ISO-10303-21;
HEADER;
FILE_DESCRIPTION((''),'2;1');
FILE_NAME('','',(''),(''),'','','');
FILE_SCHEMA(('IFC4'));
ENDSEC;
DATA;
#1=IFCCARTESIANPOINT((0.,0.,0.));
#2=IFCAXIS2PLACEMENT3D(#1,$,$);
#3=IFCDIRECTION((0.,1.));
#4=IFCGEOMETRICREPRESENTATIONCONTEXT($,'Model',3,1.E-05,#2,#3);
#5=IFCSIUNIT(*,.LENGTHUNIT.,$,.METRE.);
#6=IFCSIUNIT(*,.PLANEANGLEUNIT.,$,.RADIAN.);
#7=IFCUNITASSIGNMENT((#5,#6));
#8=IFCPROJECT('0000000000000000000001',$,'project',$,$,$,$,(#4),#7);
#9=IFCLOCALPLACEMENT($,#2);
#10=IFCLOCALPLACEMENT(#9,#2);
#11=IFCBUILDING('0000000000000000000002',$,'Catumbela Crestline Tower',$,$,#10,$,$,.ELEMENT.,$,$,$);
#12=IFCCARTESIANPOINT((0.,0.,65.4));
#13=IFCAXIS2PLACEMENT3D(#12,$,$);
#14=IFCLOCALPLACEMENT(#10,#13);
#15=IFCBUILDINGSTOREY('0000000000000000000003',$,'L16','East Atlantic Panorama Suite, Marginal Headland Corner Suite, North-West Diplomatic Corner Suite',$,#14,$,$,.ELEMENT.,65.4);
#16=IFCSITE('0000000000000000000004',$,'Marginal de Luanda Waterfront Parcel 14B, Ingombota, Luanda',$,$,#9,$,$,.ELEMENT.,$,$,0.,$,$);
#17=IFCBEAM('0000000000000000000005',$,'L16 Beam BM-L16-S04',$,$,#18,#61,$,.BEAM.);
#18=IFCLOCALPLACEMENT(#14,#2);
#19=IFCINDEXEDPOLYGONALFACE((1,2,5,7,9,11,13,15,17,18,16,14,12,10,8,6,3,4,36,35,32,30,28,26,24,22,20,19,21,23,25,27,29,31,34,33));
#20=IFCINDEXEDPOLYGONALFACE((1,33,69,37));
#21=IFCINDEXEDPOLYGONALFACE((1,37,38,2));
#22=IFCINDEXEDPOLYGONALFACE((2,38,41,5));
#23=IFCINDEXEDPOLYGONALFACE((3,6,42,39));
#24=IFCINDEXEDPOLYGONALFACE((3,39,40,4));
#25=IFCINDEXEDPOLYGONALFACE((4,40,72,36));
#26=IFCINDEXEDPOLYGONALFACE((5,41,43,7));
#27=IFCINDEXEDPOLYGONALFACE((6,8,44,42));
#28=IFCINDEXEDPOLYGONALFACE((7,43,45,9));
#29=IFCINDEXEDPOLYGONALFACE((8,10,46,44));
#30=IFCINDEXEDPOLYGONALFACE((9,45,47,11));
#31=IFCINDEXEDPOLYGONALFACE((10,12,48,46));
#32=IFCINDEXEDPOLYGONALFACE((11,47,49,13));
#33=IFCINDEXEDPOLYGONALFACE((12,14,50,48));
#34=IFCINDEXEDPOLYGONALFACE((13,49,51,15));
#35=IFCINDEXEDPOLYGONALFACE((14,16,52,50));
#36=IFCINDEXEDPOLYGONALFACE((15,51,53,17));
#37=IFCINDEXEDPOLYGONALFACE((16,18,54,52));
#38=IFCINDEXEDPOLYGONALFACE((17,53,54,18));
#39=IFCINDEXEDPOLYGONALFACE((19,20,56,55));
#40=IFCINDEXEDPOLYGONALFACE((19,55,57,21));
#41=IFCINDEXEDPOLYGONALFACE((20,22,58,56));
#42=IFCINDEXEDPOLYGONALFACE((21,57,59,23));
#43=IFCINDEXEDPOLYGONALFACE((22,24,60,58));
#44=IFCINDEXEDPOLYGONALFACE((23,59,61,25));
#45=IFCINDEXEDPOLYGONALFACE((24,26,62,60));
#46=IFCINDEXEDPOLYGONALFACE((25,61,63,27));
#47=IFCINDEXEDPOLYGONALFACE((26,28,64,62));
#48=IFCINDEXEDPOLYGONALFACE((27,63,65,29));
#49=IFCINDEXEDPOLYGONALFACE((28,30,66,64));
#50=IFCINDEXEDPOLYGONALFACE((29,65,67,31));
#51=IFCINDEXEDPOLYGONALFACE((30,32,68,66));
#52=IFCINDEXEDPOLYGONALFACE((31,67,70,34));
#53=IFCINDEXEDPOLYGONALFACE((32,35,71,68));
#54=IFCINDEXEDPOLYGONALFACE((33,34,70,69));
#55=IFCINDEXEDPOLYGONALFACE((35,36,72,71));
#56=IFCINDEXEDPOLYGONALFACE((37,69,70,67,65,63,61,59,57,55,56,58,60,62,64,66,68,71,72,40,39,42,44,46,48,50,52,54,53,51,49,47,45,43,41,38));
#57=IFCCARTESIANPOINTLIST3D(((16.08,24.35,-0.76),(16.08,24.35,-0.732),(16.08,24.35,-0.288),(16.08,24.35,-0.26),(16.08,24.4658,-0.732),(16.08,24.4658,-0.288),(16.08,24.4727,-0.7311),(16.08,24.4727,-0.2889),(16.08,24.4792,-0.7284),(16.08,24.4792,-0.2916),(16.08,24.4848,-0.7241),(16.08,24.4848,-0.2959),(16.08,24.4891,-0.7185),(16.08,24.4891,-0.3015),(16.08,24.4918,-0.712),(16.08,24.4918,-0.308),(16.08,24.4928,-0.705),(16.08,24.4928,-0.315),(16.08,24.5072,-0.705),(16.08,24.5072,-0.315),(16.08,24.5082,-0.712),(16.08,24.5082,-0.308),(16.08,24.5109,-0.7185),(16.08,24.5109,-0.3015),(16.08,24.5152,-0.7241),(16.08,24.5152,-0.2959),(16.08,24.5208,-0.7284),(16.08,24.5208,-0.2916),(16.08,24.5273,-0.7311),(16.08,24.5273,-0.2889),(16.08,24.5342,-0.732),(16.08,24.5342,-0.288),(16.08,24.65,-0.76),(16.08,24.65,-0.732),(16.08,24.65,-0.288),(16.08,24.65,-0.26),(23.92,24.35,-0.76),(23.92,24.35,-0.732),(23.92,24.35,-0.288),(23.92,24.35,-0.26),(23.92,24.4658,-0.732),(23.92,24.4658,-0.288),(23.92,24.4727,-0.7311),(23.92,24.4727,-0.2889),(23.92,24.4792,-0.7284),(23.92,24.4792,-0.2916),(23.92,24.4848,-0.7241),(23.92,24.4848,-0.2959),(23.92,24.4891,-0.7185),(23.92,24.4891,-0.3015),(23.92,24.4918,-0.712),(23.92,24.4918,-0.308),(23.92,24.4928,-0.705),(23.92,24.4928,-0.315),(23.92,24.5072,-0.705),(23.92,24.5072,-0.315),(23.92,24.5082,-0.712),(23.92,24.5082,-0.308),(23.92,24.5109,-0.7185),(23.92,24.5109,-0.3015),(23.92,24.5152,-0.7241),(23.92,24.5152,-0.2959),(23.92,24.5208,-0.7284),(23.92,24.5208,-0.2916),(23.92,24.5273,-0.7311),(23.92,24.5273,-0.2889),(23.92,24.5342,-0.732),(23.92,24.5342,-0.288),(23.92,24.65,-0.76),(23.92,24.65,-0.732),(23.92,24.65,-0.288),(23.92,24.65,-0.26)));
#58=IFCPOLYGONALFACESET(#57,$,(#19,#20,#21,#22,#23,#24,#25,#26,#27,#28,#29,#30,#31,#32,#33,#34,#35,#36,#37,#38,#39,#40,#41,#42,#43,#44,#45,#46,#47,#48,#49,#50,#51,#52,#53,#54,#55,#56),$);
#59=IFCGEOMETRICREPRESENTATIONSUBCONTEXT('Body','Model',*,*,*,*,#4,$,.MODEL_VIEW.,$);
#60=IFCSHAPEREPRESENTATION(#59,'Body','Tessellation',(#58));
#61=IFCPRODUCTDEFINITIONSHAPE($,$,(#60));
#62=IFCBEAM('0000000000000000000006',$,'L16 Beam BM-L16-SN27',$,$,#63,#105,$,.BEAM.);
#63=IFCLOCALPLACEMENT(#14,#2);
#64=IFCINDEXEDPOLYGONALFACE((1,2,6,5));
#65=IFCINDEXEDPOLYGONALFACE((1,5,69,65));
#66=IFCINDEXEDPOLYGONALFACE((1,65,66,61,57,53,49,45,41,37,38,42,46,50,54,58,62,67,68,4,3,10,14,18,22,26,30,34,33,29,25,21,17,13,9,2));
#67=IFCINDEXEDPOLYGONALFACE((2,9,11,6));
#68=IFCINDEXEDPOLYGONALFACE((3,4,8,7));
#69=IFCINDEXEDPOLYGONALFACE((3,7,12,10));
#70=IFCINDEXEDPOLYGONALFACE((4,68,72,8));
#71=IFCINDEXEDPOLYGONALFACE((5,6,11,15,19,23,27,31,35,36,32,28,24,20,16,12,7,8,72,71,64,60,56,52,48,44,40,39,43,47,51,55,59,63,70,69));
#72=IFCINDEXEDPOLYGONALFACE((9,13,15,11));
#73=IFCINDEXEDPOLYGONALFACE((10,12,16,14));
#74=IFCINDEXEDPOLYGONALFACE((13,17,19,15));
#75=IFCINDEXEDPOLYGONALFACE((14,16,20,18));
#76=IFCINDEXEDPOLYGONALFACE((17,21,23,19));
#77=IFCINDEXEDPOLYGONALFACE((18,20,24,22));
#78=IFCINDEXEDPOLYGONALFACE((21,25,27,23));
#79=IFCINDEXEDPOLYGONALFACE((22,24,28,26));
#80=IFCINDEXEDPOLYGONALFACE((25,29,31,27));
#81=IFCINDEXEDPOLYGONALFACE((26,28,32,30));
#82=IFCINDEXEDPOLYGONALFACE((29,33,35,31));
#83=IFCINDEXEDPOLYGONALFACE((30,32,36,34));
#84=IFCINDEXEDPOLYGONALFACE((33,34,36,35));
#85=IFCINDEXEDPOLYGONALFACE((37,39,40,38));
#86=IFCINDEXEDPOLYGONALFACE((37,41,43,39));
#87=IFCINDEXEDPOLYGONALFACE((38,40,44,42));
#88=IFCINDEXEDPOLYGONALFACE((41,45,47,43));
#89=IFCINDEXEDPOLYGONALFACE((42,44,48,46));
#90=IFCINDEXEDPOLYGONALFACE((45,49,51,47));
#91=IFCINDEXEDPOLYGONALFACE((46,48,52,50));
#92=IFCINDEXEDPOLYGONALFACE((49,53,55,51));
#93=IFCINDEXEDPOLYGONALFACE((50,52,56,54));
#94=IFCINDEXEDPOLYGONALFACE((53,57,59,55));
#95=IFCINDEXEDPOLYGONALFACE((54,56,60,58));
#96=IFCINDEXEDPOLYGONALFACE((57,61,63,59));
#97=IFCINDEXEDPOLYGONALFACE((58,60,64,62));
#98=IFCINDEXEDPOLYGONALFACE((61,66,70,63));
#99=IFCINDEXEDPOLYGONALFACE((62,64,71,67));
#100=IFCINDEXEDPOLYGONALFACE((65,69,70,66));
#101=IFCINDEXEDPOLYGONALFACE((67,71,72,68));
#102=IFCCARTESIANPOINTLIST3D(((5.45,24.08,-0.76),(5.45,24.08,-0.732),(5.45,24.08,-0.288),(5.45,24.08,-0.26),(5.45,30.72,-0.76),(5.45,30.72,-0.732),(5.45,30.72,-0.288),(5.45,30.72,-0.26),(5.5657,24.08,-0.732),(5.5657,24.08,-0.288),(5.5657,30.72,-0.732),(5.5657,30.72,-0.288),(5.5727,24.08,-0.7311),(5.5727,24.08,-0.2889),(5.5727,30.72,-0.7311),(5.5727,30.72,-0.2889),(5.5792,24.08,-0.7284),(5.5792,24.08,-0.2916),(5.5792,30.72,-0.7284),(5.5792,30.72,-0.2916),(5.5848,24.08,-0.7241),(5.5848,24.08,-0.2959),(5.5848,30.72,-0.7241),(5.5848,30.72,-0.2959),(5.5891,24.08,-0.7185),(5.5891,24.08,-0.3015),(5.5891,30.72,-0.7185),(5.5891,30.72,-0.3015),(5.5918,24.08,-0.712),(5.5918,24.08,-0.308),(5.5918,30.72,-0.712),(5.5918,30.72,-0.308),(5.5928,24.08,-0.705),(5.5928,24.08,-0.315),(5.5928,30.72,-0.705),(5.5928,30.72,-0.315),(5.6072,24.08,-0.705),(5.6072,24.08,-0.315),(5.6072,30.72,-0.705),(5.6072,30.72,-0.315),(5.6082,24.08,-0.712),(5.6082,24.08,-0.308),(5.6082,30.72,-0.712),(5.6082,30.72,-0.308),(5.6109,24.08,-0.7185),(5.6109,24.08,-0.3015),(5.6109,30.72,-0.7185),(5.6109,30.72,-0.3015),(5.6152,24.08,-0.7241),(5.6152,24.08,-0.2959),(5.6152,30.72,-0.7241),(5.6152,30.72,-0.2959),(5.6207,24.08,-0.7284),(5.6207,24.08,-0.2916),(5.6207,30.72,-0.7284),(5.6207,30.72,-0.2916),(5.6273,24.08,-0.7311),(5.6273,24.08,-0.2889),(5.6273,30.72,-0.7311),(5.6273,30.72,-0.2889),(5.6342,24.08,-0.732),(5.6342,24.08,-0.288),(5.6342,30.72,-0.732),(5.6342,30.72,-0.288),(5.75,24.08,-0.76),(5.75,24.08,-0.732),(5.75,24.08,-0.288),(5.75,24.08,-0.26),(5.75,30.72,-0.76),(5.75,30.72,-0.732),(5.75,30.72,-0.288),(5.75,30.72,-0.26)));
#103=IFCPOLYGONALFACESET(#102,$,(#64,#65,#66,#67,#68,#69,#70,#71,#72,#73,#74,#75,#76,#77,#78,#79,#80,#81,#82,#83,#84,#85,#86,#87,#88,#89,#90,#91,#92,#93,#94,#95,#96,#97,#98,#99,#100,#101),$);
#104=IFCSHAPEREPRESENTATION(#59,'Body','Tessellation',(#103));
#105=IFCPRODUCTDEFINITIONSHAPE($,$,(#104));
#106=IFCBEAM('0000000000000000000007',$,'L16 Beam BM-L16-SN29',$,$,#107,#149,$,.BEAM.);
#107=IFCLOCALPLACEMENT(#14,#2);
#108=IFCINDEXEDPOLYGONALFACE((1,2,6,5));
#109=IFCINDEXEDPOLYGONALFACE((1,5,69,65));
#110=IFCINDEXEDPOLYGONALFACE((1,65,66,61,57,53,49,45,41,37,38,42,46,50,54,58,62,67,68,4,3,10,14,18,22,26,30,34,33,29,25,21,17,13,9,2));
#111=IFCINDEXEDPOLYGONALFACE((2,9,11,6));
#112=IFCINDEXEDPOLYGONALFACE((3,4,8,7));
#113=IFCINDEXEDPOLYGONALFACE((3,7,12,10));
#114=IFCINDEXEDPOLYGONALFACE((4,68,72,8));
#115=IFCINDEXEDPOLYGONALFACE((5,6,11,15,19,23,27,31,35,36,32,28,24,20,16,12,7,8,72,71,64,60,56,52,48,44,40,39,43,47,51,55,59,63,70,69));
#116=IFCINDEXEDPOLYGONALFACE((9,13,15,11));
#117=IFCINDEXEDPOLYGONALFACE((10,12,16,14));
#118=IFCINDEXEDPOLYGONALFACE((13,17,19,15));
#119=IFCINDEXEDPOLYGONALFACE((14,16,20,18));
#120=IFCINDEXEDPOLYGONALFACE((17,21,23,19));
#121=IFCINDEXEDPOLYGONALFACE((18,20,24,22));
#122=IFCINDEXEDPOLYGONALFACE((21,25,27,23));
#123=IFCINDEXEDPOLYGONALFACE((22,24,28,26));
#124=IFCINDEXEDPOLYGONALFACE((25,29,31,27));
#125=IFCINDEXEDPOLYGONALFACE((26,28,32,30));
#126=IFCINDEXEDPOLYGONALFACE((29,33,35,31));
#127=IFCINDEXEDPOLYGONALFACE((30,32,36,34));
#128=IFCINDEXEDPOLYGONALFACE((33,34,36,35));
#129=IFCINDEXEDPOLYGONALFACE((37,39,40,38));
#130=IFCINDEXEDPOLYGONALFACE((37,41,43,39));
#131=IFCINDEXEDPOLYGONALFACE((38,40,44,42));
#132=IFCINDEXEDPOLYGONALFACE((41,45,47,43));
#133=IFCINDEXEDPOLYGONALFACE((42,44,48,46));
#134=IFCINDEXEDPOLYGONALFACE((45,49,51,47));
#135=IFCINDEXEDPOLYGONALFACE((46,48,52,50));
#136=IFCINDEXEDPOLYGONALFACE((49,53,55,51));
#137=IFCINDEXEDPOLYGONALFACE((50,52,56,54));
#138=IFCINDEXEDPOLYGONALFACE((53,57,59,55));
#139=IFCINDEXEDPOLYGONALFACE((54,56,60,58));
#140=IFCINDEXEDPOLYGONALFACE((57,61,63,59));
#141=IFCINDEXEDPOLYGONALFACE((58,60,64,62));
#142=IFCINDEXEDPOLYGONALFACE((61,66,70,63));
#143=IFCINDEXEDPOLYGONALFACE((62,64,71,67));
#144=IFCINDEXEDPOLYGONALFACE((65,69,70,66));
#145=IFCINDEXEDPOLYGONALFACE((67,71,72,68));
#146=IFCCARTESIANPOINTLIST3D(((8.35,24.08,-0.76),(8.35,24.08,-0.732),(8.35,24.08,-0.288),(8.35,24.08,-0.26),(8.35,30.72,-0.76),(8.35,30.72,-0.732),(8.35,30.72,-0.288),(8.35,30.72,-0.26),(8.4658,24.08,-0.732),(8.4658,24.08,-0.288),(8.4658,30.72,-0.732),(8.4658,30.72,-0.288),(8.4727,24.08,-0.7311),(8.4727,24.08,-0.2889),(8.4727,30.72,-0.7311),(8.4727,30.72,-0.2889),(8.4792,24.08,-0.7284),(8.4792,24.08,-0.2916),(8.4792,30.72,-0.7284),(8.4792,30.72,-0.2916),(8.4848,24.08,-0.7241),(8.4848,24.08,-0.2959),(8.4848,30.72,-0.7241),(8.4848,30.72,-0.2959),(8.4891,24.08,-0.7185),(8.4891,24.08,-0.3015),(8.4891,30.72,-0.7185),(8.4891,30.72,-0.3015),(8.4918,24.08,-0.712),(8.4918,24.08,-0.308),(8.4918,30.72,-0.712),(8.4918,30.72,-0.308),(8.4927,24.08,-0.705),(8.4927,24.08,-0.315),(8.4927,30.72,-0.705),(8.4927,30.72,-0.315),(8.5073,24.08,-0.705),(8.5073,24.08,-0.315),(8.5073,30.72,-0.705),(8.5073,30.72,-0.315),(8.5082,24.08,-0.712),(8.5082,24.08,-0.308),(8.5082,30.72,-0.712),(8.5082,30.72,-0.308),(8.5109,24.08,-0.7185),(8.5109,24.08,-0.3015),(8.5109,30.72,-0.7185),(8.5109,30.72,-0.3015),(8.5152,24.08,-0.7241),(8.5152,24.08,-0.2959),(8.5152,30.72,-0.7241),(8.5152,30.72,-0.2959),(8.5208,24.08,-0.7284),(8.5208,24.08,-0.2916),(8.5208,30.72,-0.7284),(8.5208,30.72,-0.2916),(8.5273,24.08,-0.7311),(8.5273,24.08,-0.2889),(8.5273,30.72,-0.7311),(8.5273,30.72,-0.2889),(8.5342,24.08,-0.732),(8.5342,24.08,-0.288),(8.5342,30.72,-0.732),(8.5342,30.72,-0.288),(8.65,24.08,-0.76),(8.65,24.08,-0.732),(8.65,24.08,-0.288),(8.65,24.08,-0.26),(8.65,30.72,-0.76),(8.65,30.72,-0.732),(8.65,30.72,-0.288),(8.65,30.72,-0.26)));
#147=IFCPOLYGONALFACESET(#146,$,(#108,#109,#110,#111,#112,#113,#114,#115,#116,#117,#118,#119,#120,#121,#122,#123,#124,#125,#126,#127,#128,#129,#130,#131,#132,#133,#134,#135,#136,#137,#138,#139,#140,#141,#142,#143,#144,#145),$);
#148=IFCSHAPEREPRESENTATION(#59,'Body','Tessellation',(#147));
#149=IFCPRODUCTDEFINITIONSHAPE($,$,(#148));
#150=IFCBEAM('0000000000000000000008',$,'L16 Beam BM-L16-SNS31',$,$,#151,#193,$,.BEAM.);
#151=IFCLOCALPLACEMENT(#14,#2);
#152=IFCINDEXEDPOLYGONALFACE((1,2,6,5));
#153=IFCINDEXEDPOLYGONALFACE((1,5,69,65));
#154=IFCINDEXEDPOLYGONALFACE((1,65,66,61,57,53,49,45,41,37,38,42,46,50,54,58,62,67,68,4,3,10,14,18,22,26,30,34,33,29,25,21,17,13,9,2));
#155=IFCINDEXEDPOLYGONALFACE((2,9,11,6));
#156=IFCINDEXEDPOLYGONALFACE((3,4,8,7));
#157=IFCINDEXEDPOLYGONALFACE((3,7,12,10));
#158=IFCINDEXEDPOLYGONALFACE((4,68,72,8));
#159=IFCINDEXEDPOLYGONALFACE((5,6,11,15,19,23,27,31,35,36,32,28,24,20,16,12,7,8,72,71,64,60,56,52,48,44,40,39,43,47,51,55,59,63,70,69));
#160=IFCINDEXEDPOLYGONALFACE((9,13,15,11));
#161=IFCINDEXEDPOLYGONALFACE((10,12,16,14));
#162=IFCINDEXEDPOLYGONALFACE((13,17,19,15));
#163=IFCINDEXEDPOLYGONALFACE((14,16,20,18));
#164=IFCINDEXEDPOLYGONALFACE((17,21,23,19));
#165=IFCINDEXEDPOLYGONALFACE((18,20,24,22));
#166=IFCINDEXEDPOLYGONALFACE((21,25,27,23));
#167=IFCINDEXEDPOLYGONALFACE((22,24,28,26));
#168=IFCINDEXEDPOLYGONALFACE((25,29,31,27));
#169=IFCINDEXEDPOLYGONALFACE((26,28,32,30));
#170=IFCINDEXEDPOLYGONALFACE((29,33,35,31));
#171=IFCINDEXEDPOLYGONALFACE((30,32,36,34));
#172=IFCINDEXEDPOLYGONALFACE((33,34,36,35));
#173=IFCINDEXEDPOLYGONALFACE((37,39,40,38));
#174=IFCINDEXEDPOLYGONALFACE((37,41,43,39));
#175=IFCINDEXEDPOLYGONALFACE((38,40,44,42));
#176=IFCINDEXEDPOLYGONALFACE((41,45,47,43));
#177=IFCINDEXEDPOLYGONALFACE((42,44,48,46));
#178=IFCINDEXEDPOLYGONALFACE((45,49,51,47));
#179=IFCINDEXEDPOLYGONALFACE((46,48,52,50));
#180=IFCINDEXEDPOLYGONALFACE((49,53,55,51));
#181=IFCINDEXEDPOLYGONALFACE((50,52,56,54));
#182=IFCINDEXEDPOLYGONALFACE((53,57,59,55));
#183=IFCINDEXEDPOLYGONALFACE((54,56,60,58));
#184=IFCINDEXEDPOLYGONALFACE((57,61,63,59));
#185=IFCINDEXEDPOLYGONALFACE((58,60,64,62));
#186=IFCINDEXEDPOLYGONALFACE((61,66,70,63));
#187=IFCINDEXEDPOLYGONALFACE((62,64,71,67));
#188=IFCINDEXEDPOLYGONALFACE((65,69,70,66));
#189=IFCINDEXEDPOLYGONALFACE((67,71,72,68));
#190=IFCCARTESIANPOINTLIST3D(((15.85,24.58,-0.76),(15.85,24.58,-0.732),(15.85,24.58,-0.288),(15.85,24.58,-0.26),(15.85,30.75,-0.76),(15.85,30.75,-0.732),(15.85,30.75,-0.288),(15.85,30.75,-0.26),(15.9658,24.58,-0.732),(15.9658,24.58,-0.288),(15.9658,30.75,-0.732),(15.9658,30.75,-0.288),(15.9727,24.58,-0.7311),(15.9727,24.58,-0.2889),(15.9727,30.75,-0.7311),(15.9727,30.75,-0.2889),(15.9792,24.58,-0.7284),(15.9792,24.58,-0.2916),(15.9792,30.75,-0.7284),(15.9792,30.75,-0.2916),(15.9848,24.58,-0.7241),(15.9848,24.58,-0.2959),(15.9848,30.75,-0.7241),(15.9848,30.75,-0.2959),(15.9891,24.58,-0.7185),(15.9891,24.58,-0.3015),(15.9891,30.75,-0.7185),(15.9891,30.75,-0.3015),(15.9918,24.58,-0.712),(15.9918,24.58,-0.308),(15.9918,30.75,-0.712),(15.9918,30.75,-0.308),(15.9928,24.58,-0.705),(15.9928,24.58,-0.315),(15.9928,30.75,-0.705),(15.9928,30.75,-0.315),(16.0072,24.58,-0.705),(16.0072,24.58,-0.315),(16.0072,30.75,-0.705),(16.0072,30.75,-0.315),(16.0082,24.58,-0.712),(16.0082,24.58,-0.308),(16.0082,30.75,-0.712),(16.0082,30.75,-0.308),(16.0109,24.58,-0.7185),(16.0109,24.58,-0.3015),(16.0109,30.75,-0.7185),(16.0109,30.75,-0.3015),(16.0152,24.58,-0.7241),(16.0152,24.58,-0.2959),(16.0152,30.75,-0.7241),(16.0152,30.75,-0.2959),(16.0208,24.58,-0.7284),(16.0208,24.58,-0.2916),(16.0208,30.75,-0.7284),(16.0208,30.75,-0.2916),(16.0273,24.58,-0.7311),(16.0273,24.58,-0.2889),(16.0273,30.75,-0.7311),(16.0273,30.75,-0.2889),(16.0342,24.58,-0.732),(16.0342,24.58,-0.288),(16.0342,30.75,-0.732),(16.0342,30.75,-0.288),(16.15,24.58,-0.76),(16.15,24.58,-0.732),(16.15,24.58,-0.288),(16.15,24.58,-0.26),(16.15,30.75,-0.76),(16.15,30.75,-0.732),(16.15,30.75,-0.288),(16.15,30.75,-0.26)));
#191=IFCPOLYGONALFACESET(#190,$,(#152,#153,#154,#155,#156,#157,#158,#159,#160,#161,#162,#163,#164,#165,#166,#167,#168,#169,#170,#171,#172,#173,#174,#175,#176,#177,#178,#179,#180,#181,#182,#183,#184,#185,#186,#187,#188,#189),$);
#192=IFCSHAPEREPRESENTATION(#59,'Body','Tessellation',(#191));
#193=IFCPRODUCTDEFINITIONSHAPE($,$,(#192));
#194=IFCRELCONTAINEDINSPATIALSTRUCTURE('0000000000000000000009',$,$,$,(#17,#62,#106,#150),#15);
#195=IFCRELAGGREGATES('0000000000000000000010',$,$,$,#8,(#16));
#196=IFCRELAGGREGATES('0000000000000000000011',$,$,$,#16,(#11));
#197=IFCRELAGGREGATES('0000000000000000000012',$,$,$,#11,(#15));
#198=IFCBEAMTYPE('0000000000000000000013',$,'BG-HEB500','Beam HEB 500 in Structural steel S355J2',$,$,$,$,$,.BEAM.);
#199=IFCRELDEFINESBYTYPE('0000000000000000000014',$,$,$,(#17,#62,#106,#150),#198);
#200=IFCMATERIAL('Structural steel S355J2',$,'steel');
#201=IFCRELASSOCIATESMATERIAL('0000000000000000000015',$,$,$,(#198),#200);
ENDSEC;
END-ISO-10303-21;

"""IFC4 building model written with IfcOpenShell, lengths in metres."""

from ifc_helpers import new_model, si_unit, direction, frame, origin, origin_2d, place, context, subcontext, project, spatial, i_section, extrude, material, material_profile, profile_set, type_object, element, save


model = new_model("IFC4")

# Units and contexts
model_context = context("Model", 3, precision=1e-05, world=origin(), true_north=direction((0.0, 1.0)))
body_context = subcontext(model_context, "Body", "Model", "MODEL_VIEW")
ifc_project = project(units=[si_unit("LENGTHUNIT", "METRE"), si_unit("PLANEANGLEUNIT", "RADIAN")], contexts=[model_context])

# Site, building, storey
site_placement = place(None, origin())
site = spatial("IfcSite", under=ifc_project, at=site_placement, Name="Marginal de Luanda Waterfront Parcel 14B, Ingombota, Luanda", CompositionType="ELEMENT", RefElevation=0.0)
building_placement = place(site_placement, origin())
building = spatial("IfcBuilding", under=site, at=building_placement, Name="Catumbela Crestline Tower", CompositionType="ELEMENT")
storey_placement = place(building_placement, frame((0.0, 0.0, 65.4)))
storey = spatial("IfcBuildingStorey", under=building, at=storey_placement, Name="L16", Description="East Atlantic Panorama Suite, Marginal Headland Corner Suite, North-West Diplomatic Corner Suite", CompositionType="ELEMENT", Elevation=65.4)

# Beams
ifc_material_1 = material(Name="Structural steel S355J2", Category="steel")
ifc_material_profile_1 = material_profile(ifc_material_1, i_section(OverallWidth=0.3, OverallDepth=0.5, WebThickness=0.0145, FlangeThickness=0.028, FilletRadius=0.027, at=origin_2d()), Name="HEB 500")
ifc_profile_set_1 = profile_set([ifc_material_profile_1], Name="Structural steel S355J2")
beam_type_1 = type_object("IfcBeamType", Name="BG-HEB500", Description="Beam HEB 500 in Structural steel S355J2", PredefinedType="BEAM", material=ifc_profile_set_1)
beam_1_placement = place(storey_placement, frame((16.08, 24.5, -0.51), z_axis=(1.0, 0.0, 0.0), x_axis=(0.0, 1.0, 0.0)))
element("IfcBeam", 1, at=beam_1_placement, inside=storey, type_object=beam_type_1, Name="L16 Beam BM-L16-S04", PredefinedType="BEAM", context=body_context, shape_type="SweptSolid", body=[
    extrude(i_section(OverallWidth=0.3, OverallDepth=0.5, WebThickness=0.0145, FlangeThickness=0.028, FilletRadius=0.027, at=origin_2d()), origin(), (0.0, 0.0, 1.0), 7.84),
])
for number, where, z_axis, x_axis, name in (
    (2, (5.6, 24.08, -0.51), (0.0, 1.0, 0.0), (-1.0, 0.0, 0.0), "L16 Beam BM-L16-SN27"),
    (3, (8.5, 24.08, -0.51), (0.0, 1.0, 0.0), (-1.0, 0.0, 0.0), "L16 Beam BM-L16-SN29"),
):
    element("IfcBeam", number, at=place(storey_placement, frame(where, z_axis=z_axis, x_axis=x_axis)), inside=storey, type_object=beam_type_1, Name=name, PredefinedType="BEAM", context=body_context, shape_type="SweptSolid", body=[
        extrude(i_section(OverallWidth=0.3, OverallDepth=0.5, WebThickness=0.0145, FlangeThickness=0.028, FilletRadius=0.027, at=origin_2d()), origin(), (0.0, 0.0, 1.0), 6.64),
    ])
beam_2_placement = place(storey_placement, frame((16.0, 24.58, -0.51), z_axis=(0.0, 1.0, 0.0), x_axis=(-1.0, 0.0, 0.0)))
element("IfcBeam", 4, at=beam_2_placement, inside=storey, type_object=beam_type_1, Name="L16 Beam BM-L16-SNS31", PredefinedType="BEAM", context=body_context, shape_type="SweptSolid", body=[
    extrude(i_section(OverallWidth=0.3, OverallDepth=0.5, WebThickness=0.0145, FlangeThickness=0.028, FilletRadius=0.027, at=origin_2d()), origin(), (0.0, 0.0, 1.0), 6.17),
])

save(model, "model.ifc")
